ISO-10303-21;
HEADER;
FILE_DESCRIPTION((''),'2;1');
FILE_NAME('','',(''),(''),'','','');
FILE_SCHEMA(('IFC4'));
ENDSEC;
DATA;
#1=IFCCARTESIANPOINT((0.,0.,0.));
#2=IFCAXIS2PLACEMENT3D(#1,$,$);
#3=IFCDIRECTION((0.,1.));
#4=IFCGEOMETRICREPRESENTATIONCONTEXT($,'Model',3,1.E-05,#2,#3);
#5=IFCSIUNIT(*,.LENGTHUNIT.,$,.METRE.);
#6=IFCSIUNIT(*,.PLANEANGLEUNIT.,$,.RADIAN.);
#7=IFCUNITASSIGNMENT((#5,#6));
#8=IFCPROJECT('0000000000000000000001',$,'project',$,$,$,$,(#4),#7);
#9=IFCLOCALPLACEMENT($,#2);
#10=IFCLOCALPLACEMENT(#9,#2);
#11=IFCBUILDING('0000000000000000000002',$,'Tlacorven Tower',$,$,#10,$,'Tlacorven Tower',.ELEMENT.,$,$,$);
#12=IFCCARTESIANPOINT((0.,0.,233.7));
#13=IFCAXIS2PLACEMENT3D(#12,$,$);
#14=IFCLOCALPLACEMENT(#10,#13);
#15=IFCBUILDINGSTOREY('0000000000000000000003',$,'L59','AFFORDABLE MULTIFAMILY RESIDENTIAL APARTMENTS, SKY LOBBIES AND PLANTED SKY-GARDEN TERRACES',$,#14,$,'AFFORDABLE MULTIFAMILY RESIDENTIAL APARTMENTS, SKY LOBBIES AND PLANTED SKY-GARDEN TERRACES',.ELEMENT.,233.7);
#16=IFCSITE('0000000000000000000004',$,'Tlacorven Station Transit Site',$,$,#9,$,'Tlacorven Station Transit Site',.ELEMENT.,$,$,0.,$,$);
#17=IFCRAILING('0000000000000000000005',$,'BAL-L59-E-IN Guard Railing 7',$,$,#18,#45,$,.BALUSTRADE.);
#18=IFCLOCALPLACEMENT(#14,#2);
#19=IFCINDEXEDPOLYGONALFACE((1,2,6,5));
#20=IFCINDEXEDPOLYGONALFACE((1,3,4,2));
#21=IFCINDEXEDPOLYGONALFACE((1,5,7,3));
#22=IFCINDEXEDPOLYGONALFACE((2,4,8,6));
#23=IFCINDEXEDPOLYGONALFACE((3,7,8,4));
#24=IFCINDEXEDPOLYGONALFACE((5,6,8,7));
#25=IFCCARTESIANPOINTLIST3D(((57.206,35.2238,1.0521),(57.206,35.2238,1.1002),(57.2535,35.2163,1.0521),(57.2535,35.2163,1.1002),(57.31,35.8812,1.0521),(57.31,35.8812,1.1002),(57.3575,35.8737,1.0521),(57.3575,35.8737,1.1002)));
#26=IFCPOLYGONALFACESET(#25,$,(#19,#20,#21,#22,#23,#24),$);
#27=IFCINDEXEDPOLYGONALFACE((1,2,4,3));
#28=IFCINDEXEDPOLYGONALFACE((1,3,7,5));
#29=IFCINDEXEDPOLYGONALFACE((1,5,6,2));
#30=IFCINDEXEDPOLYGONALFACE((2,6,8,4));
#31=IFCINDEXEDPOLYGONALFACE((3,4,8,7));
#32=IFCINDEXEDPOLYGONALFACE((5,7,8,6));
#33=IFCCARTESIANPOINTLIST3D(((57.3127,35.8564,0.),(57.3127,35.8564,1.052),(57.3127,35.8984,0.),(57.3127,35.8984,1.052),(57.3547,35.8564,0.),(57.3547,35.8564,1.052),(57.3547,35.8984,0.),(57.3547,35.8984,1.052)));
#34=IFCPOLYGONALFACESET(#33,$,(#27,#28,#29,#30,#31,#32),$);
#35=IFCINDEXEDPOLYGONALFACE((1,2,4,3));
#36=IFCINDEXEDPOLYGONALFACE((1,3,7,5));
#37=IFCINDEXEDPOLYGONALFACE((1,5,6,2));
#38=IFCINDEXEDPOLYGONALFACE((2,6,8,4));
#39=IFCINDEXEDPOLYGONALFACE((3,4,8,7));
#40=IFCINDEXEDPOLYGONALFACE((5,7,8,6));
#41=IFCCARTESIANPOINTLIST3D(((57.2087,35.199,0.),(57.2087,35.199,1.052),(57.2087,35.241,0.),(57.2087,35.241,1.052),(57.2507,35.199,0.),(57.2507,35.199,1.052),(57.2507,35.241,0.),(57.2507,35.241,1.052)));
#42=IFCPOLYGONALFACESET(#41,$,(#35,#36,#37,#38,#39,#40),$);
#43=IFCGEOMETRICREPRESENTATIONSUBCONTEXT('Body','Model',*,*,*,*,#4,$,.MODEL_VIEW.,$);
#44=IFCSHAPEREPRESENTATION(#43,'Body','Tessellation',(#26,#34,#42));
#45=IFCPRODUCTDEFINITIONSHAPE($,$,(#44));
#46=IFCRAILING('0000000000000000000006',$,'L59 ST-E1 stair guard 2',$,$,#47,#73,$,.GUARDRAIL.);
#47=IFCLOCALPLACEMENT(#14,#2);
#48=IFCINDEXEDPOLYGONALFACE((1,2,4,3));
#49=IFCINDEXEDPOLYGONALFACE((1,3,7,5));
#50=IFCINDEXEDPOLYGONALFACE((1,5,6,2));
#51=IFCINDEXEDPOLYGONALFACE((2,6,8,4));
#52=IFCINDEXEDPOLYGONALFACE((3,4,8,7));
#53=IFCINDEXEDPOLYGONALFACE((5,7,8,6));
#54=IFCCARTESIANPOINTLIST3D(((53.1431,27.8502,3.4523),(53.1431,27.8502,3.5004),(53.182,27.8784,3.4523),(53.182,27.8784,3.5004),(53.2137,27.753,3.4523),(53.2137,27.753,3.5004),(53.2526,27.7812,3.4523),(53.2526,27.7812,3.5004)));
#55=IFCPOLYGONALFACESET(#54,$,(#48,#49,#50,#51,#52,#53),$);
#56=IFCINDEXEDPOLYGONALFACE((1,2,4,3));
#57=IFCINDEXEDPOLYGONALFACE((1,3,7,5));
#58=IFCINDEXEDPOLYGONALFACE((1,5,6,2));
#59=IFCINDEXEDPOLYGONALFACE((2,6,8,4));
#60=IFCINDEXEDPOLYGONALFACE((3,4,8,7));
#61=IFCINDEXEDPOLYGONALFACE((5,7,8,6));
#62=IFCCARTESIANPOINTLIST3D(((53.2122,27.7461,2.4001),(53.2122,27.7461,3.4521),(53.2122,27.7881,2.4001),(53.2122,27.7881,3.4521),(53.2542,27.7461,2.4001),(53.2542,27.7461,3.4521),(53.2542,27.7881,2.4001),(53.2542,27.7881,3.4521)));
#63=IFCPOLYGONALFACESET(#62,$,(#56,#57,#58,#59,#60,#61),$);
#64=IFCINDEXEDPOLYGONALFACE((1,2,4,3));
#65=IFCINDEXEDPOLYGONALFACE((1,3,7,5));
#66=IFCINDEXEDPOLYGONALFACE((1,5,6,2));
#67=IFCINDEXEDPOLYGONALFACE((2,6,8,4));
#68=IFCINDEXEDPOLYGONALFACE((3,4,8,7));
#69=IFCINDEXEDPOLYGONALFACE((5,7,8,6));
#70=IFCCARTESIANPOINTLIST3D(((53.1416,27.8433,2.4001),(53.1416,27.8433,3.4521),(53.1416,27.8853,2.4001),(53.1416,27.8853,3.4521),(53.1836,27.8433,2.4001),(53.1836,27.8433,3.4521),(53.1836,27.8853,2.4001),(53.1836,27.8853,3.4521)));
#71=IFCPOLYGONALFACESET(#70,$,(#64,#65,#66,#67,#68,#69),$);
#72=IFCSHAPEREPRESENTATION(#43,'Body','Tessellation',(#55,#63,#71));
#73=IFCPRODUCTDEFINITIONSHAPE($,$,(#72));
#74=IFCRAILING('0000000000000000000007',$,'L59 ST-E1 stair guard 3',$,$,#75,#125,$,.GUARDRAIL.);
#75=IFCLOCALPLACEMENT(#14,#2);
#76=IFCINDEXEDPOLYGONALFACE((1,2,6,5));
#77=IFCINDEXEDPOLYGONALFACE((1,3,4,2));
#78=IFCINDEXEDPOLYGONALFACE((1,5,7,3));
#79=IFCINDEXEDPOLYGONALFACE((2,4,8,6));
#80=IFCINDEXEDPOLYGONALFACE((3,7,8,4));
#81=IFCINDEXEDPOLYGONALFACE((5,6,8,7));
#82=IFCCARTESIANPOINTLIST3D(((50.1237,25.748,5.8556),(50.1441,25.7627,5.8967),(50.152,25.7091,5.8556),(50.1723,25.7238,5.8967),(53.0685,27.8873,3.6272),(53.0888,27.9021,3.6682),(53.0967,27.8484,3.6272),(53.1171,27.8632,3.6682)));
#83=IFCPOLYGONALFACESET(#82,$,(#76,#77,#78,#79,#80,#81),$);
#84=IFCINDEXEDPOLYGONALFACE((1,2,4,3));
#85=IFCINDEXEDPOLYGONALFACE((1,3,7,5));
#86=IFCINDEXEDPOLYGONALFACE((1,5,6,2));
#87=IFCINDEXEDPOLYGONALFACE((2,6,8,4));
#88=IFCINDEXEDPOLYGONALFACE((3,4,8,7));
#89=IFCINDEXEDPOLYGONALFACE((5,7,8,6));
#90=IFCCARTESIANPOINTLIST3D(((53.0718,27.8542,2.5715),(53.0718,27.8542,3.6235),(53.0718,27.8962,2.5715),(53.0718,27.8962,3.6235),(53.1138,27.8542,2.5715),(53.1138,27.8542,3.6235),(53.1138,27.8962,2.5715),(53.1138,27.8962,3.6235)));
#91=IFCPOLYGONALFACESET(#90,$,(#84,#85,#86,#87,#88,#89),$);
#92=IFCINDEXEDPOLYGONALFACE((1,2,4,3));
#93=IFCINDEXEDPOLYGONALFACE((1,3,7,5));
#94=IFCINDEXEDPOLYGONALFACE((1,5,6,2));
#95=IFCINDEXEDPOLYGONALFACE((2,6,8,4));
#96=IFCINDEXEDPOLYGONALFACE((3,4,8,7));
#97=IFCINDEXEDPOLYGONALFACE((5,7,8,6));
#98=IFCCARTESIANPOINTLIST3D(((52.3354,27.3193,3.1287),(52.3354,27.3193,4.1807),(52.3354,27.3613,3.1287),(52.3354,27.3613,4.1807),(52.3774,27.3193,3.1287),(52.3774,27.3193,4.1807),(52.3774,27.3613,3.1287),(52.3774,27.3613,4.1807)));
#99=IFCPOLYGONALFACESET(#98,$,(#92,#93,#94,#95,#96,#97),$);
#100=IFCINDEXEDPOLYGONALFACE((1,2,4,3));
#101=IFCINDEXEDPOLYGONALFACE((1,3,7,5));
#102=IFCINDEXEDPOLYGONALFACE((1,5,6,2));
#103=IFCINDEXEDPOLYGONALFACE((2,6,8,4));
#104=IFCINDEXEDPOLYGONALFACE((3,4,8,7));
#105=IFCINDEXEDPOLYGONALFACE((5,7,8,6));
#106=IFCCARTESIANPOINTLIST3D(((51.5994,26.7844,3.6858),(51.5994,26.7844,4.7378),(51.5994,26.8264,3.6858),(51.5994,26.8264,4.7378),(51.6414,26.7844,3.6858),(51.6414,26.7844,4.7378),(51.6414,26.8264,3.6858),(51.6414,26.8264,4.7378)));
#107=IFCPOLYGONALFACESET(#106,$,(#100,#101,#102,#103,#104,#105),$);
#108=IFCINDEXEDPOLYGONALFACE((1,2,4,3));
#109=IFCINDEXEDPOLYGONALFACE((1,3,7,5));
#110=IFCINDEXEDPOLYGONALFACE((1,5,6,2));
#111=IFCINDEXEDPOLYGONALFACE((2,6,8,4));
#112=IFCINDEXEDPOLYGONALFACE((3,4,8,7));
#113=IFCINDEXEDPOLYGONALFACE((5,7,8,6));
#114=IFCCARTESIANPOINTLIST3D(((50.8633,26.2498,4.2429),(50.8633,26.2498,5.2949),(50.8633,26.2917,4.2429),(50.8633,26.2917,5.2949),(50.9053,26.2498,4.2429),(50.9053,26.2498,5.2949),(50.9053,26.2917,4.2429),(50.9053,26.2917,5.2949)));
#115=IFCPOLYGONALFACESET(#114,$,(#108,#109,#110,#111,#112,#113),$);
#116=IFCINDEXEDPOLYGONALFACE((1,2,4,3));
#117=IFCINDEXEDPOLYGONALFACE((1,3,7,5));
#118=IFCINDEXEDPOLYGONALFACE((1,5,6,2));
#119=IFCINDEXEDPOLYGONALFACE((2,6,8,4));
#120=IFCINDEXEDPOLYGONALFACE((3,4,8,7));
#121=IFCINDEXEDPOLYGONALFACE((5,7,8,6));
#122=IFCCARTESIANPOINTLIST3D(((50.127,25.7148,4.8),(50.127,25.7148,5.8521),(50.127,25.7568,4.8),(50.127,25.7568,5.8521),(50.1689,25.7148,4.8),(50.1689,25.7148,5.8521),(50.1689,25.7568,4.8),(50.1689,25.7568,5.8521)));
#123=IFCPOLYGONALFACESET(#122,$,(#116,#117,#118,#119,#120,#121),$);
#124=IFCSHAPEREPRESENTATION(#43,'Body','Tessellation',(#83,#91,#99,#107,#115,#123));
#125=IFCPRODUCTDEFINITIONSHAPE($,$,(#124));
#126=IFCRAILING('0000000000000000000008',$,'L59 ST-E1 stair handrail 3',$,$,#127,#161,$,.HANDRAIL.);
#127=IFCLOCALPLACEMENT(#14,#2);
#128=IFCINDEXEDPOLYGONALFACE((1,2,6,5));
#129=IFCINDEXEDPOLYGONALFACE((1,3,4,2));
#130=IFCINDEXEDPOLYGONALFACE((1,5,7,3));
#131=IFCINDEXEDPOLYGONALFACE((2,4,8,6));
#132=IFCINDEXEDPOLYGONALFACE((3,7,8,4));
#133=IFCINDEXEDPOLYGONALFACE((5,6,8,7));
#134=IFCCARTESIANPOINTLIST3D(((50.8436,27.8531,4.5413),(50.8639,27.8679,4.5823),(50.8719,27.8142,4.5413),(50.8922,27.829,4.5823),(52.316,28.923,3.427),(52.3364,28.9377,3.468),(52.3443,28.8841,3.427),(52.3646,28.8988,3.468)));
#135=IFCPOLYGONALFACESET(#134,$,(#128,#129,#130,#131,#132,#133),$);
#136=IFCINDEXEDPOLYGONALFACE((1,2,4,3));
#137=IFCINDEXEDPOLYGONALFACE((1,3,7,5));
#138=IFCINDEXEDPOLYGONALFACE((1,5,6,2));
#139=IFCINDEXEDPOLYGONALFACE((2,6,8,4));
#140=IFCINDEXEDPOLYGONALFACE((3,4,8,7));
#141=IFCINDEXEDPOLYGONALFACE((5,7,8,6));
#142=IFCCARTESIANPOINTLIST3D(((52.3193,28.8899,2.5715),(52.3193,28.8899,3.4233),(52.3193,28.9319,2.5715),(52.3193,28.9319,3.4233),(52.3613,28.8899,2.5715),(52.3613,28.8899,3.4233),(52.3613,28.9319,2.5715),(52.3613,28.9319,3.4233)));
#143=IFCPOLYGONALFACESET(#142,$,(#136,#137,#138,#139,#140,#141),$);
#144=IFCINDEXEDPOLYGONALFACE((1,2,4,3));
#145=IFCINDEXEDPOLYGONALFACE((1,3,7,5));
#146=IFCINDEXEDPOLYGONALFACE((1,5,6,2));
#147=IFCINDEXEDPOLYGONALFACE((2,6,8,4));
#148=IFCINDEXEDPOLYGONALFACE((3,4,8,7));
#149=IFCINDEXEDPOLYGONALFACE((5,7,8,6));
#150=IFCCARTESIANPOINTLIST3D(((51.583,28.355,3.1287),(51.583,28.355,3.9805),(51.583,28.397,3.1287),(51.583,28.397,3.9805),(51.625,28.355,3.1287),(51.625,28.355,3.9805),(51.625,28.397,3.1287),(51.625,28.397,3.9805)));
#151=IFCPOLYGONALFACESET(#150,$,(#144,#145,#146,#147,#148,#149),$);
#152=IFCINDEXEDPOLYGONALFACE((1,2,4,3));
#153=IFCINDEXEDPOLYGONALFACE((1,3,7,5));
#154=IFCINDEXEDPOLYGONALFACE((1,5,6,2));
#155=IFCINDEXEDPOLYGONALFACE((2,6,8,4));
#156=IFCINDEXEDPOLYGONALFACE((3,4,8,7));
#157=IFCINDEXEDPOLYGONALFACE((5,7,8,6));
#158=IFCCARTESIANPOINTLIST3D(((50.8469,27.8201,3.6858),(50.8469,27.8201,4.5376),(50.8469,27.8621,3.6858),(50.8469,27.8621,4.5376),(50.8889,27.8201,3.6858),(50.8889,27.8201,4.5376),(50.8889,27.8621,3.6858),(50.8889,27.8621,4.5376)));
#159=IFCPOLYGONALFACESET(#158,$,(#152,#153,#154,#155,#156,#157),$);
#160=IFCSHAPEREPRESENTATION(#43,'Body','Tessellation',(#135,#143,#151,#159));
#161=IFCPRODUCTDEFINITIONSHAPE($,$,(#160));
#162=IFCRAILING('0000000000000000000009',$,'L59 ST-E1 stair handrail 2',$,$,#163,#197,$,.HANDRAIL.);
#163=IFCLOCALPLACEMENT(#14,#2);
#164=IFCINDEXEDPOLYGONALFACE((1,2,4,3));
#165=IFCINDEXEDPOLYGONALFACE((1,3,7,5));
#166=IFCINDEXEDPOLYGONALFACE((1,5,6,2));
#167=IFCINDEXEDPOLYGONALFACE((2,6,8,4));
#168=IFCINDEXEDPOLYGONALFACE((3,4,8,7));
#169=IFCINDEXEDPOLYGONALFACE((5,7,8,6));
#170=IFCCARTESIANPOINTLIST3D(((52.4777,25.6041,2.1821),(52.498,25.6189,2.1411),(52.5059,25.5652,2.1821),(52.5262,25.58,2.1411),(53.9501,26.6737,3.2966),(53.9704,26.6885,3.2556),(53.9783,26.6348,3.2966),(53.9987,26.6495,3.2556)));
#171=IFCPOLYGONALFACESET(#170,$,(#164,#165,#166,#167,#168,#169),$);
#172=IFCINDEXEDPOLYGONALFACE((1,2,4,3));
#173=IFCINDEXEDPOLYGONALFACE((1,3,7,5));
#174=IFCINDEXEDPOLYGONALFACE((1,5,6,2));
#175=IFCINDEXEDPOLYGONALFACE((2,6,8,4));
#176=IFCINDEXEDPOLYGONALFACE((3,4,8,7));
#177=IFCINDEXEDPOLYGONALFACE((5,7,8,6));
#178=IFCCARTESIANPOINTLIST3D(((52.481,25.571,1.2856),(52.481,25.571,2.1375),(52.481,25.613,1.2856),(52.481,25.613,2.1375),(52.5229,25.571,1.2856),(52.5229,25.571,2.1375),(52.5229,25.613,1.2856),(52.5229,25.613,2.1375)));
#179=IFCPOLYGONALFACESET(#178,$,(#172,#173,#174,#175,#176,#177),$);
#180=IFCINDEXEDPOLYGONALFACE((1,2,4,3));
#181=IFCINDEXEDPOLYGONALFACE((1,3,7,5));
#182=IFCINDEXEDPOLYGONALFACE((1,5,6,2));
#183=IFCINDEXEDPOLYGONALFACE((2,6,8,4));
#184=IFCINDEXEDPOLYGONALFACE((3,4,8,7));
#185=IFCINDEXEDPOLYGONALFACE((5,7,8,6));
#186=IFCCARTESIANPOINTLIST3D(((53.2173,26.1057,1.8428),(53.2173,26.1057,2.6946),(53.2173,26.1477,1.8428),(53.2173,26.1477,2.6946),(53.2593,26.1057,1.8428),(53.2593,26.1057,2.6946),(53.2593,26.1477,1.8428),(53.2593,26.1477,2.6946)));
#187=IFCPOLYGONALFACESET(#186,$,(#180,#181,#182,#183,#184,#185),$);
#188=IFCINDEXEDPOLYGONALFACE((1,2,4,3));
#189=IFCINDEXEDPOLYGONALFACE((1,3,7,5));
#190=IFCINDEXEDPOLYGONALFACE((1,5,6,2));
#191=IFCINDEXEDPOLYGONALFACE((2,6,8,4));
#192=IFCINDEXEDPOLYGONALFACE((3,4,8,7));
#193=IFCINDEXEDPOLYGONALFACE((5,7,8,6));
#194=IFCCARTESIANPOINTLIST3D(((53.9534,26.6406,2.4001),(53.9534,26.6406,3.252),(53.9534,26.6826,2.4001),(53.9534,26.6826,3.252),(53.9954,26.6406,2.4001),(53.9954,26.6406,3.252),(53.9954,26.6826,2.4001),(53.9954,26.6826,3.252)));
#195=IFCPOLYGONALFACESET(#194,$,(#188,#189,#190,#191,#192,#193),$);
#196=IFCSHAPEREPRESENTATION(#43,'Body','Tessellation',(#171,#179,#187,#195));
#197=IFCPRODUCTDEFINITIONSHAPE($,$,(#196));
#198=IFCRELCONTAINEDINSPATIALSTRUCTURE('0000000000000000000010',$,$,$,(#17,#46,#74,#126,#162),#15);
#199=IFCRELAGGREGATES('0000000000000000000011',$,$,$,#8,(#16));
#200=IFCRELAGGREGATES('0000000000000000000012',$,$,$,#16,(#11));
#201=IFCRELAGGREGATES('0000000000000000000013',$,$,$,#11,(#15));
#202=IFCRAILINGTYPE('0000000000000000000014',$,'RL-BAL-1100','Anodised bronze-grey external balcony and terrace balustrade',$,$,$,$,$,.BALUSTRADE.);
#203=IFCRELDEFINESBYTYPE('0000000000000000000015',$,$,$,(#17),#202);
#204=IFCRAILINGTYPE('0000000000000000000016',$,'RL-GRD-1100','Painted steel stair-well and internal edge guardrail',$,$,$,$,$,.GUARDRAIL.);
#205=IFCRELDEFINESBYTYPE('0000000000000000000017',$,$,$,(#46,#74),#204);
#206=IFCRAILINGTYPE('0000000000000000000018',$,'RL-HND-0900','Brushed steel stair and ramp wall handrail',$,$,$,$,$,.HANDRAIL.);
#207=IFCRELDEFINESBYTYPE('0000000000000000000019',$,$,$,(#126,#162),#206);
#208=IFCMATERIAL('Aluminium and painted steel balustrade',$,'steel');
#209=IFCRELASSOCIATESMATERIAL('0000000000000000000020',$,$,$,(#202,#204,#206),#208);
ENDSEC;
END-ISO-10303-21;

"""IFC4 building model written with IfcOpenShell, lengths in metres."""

from ifc_helpers import new_model, si_unit, direction, frame, origin, origin_2d, place, context, subcontext, project, spatial, rectangle, extrude, source, transform, mapped, material, type_object, element, save


model = new_model("IFC4")

# Units and contexts
model_context = context("Model", 3, precision=1e-05, world=origin(), true_north=direction((0.0, 1.0)))
body_context = subcontext(model_context, "Body", "Model", "MODEL_VIEW")
ifc_project = project(units=[si_unit("LENGTHUNIT", "METRE"), si_unit("PLANEANGLEUNIT", "RADIAN")], contexts=[model_context])

# Site, building, storey
site_placement = place(None, origin())
site = spatial("IfcSite", under=ifc_project, at=site_placement, Name="Tlacorven Station Transit Site", LongName="Tlacorven Station Transit Site", CompositionType="ELEMENT", RefElevation=0.0)
building_placement = place(site_placement, origin())
building = spatial("IfcBuilding", under=site, at=building_placement, Name="Tlacorven Tower", LongName="Tlacorven Tower", CompositionType="ELEMENT")
storey_placement = place(building_placement, frame((0.0, 0.0, 233.7)))
storey = spatial("IfcBuildingStorey", under=building, at=storey_placement, Name="L59", Description="AFFORDABLE MULTIFAMILY RESIDENTIAL APARTMENTS, SKY LOBBIES AND PLANTED SKY-GARDEN TERRACES", LongName="AFFORDABLE MULTIFAMILY RESIDENTIAL APARTMENTS, SKY LOBBIES AND PLANTED SKY-GARDEN TERRACES", CompositionType="ELEMENT", Elevation=233.7)

# Railings
ifc_material_1 = material(Name="Aluminium and painted steel balustrade", Category="steel")
railing_type_1 = type_object("IfcRailingType", Name="RL-BAL-1100", Description="Anodised bronze-grey external balcony and terrace balustrade", PredefinedType="BALUSTRADE", material=ifc_material_1)
shared_shape_1 = source(origin(), body_context, "Body", "SweptSolid", [
    extrude(rectangle(XDim=0.0481, YDim=0.0481, at=origin_2d()), frame((0.0, 0.0, 1.0762), z_axis=(-0.156245, -0.987718, 0.0), x_axis=(0.987718, -0.156245, 0.0)), (0.0, 0.0, 1.0), 0.6655),
    extrude(rectangle(XDim=0.042, YDim=0.042, at=origin_2d()), origin(), (0.0, 0.0, 1.0), 1.052),
    extrude(rectangle(XDim=0.042, YDim=0.042, at=origin_2d()), frame((-0.104, -0.6575, 0.0)), (0.0, 0.0, 1.0), 1.052),
])
railing_1_placement = place(storey_placement, frame((57.3337, 35.8774, 0.0)))
element("IfcRailing", 1, at=railing_1_placement, inside=storey, type_object=railing_type_1, Name="BAL-L59-E-IN Guard Railing 7", PredefinedType="BALUSTRADE", context=body_context, shape_type="MappedRepresentation", body=[
    mapped(shared_shape_1, transform((0.0, 0.0, 0.0), scale=1.0)),
])
railing_type_2 = type_object("IfcRailingType", Name="RL-GRD-1100", Description="Painted steel stair-well and internal edge guardrail", PredefinedType="GUARDRAIL", material=ifc_material_1)
shared_shape_2 = source(origin(), body_context, "Body", "SweptSolid", [
    extrude(rectangle(XDim=0.0481, YDim=0.0481, at=origin_2d()), frame((0.0, 0.0, 1.0762), z_axis=(-0.587567, 0.809175, 0.0), x_axis=(-0.809175, -0.587567, 0.0)), (0.0, 0.0, 1.0), 0.1201),
    extrude(rectangle(XDim=0.042, YDim=0.042, at=origin_2d()), origin(), (0.0, 0.0, 1.0), 1.052),
    extrude(rectangle(XDim=0.042, YDim=0.042, at=origin_2d()), frame((-0.0706, 0.0972, 0.0)), (0.0, 0.0, 1.0), 1.052),
])
railing_2_placement = place(storey_placement, frame((53.2332, 27.7671, 2.4001)))
element("IfcRailing", 2, at=railing_2_placement, inside=storey, type_object=railing_type_2, Name="L59 ST-E1 stair guard 2", PredefinedType="GUARDRAIL", context=body_context, shape_type="MappedRepresentation", body=[
    mapped(shared_shape_2, transform((0.0, 0.0, 0.0), scale=1.0)),
])
shared_shape_3 = source(origin(), body_context, "Body", "SweptSolid", [
    extrude(rectangle(XDim=0.0481, YDim=0.0481, at=origin_2d()), frame((0.0, 0.0, 1.0762), z_axis=(-0.689987, -0.501273, 0.522152), x_axis=(0.587761, -0.809035, 0.0)), (0.0, 0.0, 1.0), 4.2678),
    extrude(rectangle(XDim=0.042, YDim=0.042, at=origin_2d()), origin(), (0.0, 0.0, 1.0), 1.052),
    extrude(rectangle(XDim=0.042, YDim=0.042, at=origin_2d()), frame((-0.7363, -0.5349, 0.5571)), (0.0, 0.0, 1.0), 1.052),
    extrude(rectangle(XDim=0.042, YDim=0.042, at=origin_2d()), frame((-1.4724, -1.0698, 1.1143)), (0.0, 0.0, 1.0), 1.052),
    extrude(rectangle(XDim=0.042, YDim=0.042, at=origin_2d()), frame((-2.2085, -1.6045, 1.6714)), (0.0, 0.0, 1.0), 1.052),
    extrude(rectangle(XDim=0.042, YDim=0.042, at=origin_2d()), frame((-2.9448, -2.1394, 2.2285)), (0.0, 0.0, 1.0), 1.052),
])
railing_3_placement = place(storey_placement, frame((53.0928, 27.8752, 2.5715)))
element("IfcRailing", 3, at=railing_3_placement, inside=storey, type_object=railing_type_2, Name="L59 ST-E1 stair guard 3", PredefinedType="GUARDRAIL", context=body_context, shape_type="MappedRepresentation", body=[
    mapped(shared_shape_3, transform((0.0, 0.0, 0.0), scale=1.0)),
])
railing_type_3 = type_object("IfcRailingType", Name="RL-HND-0900", Description="Brushed steel stair and ramp wall handrail", PredefinedType="HANDRAIL", material=ifc_material_1)
shared_shape_4 = source(origin(), body_context, "Body", "SweptSolid", [
    extrude(rectangle(XDim=0.0481, YDim=0.0481, at=origin_2d()), frame((0.0, 0.0, 0.876), z_axis=(-0.689967, -0.501316, 0.522137), x_axis=(0.587805, -0.809003, 0.0)), (0.0, 0.0, 1.0), 2.134),
    extrude(rectangle(XDim=0.042, YDim=0.042, at=origin_2d()), origin(), (0.0, 0.0, 1.0), 0.8518),
    extrude(rectangle(XDim=0.042, YDim=0.042, at=origin_2d()), frame((-0.7363, -0.5349, 0.5571)), (0.0, 0.0, 1.0), 0.8518),
    extrude(rectangle(XDim=0.042, YDim=0.042, at=origin_2d()), frame((-1.4724, -1.0698, 1.1143)), (0.0, 0.0, 1.0), 0.8518),
])
railing_4_placement = place(storey_placement, frame((52.3403, 28.9109, 2.5715)))
element("IfcRailing", 4, at=railing_4_placement, inside=storey, type_object=railing_type_3, Name="L59 ST-E1 stair handrail 3", PredefinedType="HANDRAIL", context=body_context, shape_type="MappedRepresentation", body=[
    mapped(shared_shape_4, transform((0.0, 0.0, 0.0), scale=1.0)),
])
shared_shape_5 = source(origin(), body_context, "Body", "SweptSolid", [
    extrude(rectangle(XDim=0.0481, YDim=0.0481, at=origin_2d()), frame((0.0, 0.0, 0.876), z_axis=(0.689966, 0.5012, 0.522251), x_axis=(-0.587717, 0.809067, 0.0)), (0.0, 0.0, 1.0), 2.134),
    extrude(rectangle(XDim=0.042, YDim=0.042, at=origin_2d()), origin(), (0.0, 0.0, 1.0), 0.8518),
    extrude(rectangle(XDim=0.042, YDim=0.042, at=origin_2d()), frame((0.7363, 0.5347, 0.5571)), (0.0, 0.0, 1.0), 0.8518),
    extrude(rectangle(XDim=0.042, YDim=0.042, at=origin_2d()), frame((1.4724, 1.0696, 1.1145)), (0.0, 0.0, 1.0), 0.8518),
])
railing_5_placement = place(storey_placement, frame((52.502, 25.592, 1.2856)))
element("IfcRailing", 5, at=railing_5_placement, inside=storey, type_object=railing_type_3, Name="L59 ST-E1 stair handrail 2", PredefinedType="HANDRAIL", context=body_context, shape_type="MappedRepresentation", body=[
    mapped(shared_shape_5, transform((0.0, 0.0, 0.0), scale=1.0)),
])

save(model, "model.ifc")
